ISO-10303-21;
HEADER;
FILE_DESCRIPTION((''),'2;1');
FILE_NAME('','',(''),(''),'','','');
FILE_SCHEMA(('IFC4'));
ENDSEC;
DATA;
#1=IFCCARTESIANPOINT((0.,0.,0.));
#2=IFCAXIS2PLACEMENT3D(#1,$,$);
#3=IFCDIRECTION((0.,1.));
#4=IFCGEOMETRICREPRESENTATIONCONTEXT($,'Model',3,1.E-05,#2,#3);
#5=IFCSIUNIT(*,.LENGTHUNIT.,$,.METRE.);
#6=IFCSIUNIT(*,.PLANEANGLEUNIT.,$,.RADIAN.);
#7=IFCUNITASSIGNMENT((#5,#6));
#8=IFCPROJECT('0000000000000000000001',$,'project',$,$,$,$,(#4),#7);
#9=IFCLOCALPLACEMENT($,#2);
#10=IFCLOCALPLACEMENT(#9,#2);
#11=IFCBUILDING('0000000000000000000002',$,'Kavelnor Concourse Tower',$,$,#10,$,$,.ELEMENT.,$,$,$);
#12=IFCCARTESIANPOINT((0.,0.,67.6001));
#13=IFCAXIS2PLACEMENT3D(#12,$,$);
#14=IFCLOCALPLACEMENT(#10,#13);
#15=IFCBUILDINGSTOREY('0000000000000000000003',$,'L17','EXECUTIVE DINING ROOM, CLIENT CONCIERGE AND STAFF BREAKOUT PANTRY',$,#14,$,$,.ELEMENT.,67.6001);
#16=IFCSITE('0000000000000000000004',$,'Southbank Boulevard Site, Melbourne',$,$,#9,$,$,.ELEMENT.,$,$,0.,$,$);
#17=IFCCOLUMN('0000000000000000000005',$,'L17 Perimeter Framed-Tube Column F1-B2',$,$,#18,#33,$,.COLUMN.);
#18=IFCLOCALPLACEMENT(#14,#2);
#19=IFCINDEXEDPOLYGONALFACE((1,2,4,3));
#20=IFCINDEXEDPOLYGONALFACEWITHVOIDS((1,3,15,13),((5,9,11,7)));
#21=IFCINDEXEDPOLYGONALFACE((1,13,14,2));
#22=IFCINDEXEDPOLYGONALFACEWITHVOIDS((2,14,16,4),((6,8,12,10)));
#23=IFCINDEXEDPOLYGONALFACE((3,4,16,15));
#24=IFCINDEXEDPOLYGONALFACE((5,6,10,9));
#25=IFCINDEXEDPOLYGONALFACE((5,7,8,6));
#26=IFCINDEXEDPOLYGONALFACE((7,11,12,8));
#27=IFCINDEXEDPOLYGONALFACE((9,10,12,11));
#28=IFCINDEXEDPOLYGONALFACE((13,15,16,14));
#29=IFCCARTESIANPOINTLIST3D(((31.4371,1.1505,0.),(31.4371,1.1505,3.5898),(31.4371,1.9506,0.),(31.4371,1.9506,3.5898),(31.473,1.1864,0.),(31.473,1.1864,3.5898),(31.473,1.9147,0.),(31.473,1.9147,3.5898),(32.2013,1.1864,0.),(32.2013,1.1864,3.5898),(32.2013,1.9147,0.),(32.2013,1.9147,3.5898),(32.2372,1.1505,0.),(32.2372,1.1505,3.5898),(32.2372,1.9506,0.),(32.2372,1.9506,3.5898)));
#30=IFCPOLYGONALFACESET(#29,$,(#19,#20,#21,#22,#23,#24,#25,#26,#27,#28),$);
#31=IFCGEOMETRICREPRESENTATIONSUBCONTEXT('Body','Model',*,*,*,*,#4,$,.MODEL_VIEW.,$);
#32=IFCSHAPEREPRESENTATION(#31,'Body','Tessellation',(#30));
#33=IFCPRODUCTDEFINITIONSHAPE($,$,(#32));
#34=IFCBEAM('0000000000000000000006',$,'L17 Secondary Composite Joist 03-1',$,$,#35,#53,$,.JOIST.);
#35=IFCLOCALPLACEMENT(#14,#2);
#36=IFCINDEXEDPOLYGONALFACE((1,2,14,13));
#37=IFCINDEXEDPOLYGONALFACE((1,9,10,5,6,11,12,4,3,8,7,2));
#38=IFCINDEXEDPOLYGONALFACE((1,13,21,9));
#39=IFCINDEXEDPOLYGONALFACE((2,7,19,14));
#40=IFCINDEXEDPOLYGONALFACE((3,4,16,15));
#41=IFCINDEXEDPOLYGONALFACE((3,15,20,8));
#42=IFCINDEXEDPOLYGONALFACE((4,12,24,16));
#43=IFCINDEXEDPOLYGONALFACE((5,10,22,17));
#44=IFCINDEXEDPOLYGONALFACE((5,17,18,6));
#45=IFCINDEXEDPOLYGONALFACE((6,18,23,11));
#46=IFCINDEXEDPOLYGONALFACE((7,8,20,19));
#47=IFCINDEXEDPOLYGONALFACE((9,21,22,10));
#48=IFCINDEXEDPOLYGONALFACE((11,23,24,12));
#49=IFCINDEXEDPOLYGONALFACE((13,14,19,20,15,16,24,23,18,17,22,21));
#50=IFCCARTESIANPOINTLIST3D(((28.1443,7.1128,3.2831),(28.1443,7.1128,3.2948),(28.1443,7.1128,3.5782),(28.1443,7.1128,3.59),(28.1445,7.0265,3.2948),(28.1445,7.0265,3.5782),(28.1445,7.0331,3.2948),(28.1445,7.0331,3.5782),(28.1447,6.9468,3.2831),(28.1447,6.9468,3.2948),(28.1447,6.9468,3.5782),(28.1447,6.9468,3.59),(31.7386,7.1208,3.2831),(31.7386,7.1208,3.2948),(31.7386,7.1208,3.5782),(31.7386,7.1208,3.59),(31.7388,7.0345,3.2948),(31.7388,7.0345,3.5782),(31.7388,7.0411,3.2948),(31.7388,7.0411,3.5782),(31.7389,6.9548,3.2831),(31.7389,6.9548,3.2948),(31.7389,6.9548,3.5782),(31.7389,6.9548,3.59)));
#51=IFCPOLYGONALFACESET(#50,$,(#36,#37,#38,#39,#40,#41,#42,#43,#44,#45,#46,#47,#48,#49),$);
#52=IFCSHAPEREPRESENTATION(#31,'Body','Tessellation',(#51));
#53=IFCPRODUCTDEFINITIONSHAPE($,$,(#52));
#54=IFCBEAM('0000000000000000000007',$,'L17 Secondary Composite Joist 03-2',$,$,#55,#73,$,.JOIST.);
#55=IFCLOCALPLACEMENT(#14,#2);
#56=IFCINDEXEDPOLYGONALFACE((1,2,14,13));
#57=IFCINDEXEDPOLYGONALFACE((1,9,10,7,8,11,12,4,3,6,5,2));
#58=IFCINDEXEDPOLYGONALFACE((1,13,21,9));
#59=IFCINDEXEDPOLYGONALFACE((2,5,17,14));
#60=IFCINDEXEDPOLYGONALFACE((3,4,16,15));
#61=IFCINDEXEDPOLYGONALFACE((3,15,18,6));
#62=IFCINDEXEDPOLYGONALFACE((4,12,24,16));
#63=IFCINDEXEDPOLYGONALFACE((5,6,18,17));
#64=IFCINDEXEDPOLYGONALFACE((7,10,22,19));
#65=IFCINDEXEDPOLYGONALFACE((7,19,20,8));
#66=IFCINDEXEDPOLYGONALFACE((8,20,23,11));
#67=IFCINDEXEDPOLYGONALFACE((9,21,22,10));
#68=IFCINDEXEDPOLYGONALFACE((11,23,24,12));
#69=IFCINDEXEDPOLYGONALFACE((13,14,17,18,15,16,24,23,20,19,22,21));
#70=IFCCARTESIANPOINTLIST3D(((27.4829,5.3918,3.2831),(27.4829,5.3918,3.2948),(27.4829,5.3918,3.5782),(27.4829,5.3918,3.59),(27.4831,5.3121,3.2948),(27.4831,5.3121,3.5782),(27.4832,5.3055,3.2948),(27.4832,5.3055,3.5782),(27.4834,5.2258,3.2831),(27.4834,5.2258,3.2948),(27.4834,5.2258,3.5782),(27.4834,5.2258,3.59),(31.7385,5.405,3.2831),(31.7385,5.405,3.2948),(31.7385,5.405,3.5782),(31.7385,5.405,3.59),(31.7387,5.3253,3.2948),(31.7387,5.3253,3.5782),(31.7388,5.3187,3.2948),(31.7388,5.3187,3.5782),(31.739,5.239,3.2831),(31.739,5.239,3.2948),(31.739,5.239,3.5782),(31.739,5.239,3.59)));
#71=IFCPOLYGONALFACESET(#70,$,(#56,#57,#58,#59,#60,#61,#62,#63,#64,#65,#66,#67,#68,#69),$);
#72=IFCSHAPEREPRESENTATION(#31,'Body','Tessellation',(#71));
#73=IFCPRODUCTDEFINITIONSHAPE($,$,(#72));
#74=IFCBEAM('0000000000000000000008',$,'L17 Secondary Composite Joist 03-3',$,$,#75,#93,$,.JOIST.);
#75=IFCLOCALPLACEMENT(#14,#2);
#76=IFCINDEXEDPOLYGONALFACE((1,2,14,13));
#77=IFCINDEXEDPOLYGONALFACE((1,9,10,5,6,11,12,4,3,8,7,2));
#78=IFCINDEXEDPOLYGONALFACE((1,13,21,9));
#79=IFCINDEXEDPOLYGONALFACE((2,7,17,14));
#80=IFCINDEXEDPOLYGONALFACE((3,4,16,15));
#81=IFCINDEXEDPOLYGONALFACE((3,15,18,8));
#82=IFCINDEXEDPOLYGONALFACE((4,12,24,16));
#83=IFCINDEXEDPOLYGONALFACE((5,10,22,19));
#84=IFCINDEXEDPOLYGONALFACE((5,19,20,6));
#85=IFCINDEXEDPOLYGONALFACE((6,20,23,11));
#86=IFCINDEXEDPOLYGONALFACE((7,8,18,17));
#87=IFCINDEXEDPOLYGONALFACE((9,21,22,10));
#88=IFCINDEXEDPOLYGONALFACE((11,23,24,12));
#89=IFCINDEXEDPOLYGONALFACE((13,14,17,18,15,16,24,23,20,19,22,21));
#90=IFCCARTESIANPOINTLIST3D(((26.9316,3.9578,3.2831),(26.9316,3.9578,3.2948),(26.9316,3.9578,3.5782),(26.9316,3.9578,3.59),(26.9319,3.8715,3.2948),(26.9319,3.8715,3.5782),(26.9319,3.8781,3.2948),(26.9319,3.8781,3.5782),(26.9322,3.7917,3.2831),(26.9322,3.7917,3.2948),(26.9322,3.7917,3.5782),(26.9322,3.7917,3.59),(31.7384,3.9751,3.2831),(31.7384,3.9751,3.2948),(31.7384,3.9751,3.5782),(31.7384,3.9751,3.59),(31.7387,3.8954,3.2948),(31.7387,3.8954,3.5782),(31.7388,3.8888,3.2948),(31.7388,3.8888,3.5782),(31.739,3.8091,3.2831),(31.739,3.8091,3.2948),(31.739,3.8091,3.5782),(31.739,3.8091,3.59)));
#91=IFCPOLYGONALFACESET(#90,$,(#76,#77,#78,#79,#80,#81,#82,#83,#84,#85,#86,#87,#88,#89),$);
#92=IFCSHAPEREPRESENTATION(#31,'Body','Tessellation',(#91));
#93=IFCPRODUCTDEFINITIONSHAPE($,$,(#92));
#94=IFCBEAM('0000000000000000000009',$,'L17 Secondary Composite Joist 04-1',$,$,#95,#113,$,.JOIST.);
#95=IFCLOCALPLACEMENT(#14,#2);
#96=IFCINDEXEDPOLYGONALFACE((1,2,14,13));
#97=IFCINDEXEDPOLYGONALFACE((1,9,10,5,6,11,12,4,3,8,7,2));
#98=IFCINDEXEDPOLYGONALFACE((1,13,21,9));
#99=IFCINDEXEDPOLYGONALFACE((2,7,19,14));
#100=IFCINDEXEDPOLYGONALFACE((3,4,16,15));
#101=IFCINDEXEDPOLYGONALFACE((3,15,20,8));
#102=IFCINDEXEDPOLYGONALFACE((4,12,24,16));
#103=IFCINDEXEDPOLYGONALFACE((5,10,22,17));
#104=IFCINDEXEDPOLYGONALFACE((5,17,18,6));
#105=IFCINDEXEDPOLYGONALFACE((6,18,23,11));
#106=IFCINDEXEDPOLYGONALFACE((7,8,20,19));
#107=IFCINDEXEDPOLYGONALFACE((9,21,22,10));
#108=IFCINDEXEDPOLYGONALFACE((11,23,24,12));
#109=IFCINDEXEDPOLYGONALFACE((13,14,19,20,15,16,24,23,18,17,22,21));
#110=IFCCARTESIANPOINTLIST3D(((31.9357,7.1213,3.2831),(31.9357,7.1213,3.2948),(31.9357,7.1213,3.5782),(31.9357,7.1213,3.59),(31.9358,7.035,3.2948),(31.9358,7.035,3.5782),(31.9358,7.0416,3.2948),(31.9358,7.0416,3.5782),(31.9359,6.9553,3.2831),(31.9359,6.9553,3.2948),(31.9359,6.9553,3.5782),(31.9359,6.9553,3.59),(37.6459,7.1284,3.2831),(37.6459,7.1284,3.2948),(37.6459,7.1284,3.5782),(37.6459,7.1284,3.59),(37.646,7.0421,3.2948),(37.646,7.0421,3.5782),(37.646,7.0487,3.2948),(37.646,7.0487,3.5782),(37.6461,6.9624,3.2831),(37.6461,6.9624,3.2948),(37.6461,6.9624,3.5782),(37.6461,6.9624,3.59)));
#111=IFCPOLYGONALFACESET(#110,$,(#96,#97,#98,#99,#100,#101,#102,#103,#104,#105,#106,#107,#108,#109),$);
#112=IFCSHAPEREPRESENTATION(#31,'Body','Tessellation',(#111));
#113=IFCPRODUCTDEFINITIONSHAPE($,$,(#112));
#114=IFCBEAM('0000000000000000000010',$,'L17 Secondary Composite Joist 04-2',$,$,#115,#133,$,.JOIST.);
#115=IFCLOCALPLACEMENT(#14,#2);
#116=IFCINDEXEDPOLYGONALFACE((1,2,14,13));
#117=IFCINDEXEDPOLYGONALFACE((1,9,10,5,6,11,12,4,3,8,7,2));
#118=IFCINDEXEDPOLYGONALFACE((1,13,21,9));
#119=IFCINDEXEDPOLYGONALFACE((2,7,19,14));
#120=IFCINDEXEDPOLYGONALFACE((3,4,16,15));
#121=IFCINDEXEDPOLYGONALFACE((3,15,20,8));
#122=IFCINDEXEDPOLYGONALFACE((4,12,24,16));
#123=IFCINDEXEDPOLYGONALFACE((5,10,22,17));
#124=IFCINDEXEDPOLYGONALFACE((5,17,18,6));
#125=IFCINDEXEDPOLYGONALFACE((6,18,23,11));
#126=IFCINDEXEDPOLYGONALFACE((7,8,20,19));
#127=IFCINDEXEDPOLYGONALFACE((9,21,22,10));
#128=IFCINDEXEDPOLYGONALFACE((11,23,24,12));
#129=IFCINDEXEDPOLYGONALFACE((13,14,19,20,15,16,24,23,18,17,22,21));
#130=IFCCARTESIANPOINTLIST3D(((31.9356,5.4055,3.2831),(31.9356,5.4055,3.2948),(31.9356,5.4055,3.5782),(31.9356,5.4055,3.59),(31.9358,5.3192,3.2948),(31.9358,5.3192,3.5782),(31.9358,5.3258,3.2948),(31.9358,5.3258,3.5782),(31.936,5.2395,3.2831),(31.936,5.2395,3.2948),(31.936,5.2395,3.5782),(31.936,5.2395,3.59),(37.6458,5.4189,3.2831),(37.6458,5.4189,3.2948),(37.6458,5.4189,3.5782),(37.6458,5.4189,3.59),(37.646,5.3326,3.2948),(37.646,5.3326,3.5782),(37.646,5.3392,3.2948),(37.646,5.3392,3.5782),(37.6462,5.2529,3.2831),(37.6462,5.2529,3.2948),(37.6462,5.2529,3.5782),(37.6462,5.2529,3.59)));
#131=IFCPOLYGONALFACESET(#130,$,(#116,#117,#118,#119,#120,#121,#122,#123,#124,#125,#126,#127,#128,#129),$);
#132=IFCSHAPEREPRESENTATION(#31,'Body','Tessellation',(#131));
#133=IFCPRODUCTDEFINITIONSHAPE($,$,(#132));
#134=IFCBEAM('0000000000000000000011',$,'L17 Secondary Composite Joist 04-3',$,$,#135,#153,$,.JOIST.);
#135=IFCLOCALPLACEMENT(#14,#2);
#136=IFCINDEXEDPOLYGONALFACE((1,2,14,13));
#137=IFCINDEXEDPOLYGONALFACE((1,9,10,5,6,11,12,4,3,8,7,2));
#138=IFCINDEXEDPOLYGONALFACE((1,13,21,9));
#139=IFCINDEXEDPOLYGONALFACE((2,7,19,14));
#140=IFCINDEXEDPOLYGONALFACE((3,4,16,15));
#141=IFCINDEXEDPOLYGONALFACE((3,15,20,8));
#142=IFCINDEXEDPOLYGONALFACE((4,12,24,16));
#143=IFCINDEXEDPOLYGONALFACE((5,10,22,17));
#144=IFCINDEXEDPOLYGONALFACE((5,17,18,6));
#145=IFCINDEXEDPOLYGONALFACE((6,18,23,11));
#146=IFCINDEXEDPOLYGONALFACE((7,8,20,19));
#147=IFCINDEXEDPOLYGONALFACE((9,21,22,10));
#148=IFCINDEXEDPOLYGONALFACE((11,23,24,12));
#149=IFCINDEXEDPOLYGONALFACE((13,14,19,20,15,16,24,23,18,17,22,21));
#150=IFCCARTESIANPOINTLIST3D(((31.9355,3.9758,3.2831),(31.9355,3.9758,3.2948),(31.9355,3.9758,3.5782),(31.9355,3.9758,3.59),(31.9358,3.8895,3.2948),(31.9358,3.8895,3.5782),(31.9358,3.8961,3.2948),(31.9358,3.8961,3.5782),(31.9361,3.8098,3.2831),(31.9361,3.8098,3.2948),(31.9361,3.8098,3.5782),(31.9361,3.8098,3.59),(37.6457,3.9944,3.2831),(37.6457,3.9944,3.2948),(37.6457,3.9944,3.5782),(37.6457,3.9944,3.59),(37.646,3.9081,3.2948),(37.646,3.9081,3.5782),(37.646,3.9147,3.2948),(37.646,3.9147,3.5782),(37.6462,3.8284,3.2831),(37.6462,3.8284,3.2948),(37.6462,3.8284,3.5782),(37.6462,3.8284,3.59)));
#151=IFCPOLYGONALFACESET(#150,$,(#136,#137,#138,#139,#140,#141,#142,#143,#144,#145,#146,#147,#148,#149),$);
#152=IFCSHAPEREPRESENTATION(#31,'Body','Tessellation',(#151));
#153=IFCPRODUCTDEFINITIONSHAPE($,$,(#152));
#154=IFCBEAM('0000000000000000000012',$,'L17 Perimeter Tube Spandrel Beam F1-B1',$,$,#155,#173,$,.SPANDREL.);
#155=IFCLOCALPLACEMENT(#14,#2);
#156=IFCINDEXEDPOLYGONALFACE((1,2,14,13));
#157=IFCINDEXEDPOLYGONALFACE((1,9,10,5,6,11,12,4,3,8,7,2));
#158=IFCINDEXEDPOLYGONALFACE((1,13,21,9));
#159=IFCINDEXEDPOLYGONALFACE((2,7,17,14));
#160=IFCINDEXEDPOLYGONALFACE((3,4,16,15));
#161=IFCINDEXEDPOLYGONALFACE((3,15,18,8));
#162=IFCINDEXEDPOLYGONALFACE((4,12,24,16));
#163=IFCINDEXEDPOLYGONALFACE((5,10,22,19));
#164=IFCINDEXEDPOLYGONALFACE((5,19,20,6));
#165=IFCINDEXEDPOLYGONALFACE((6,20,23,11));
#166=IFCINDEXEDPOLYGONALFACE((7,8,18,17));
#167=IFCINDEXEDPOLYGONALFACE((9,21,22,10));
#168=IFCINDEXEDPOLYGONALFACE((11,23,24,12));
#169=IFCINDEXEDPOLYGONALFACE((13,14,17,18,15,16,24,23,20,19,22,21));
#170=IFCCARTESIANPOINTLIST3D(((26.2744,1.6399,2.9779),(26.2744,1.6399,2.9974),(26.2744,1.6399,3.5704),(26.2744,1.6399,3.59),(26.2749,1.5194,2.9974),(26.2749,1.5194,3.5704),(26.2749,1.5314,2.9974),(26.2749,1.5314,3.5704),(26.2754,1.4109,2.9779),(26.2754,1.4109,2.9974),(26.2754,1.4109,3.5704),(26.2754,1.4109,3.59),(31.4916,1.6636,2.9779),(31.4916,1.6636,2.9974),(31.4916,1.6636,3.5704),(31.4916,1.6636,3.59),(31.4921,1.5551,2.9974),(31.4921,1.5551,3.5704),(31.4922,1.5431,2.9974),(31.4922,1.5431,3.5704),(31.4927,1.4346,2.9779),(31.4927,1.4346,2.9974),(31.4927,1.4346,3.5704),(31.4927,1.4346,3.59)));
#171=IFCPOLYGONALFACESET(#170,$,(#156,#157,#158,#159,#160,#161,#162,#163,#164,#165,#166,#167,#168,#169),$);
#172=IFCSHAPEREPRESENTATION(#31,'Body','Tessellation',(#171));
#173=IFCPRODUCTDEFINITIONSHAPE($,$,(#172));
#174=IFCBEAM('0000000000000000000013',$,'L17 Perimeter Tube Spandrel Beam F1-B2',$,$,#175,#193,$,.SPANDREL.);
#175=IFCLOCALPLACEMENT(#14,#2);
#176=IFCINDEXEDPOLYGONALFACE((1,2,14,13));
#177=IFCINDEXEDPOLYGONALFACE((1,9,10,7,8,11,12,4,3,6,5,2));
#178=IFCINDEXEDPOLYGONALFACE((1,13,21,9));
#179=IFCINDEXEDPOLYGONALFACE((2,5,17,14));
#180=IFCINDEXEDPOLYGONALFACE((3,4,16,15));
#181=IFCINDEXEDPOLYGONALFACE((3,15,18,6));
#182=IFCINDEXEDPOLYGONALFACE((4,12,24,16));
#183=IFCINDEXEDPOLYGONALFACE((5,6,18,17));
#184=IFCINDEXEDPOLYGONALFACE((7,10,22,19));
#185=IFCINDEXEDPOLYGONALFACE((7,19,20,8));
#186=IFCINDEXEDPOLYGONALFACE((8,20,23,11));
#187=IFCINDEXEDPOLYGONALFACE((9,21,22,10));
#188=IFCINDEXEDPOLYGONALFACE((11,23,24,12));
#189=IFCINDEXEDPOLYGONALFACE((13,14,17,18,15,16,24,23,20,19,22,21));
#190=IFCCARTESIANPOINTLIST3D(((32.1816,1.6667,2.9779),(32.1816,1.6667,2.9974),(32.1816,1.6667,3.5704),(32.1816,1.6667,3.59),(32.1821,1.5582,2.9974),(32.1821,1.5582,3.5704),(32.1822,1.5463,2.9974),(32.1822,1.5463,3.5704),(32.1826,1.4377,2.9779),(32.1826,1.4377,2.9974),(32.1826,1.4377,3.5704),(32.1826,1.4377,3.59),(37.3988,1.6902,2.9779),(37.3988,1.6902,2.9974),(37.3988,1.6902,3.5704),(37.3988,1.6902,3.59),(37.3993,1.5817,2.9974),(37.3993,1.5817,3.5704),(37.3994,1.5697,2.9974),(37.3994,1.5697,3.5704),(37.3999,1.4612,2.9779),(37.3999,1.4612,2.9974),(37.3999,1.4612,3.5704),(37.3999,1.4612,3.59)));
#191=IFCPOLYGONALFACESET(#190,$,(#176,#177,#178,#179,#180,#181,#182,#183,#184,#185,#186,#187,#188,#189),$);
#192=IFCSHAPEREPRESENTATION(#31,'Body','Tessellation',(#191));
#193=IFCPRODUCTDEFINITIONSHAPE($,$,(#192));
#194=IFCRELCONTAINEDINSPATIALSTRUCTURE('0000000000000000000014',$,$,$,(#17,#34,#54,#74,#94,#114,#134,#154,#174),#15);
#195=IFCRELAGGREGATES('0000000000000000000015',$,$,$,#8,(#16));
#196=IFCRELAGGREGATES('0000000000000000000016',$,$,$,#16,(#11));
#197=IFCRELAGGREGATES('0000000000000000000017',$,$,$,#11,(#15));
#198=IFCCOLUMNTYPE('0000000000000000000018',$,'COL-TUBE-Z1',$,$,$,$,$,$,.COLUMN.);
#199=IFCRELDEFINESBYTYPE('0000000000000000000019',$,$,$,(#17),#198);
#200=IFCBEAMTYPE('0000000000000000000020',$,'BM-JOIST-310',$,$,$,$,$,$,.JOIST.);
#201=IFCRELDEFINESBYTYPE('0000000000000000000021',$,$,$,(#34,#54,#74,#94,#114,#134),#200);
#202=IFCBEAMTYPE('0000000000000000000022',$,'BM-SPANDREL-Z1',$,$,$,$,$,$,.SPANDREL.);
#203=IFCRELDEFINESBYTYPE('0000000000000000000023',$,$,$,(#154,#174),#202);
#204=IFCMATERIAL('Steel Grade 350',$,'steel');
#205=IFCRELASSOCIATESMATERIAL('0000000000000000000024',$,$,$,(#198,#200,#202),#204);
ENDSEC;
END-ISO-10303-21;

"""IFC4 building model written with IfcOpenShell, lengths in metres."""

from ifc_helpers import new_model, si_unit, direction, frame, origin, origin_2d, place, context, subcontext, project, spatial, hollow_rectangle, i_section, extrude, material, material_profile, profile_set, type_object, element, save


model = new_model("IFC4")

# Units and contexts
model_context = context("Model", 3, precision=1e-05, world=origin(), true_north=direction((0.0, 1.0)))
body_context = subcontext(model_context, "Body", "Model", "MODEL_VIEW")
ifc_project = project(units=[si_unit("LENGTHUNIT", "METRE"), si_unit("PLANEANGLEUNIT", "RADIAN")], contexts=[model_context])

# Site, building, storey
site_placement = place(None, origin())
site = spatial("IfcSite", under=ifc_project, at=site_placement, Name="Southbank Boulevard Site, Melbourne", CompositionType="ELEMENT", RefElevation=0.0)
building_placement = place(site_placement, origin())
building = spatial("IfcBuilding", under=site, at=building_placement, Name="Kavelnor Concourse Tower", CompositionType="ELEMENT")
storey_placement = place(building_placement, frame((0.0, 0.0, 67.6001)))
storey = spatial("IfcBuildingStorey", under=building, at=storey_placement, Name="L17", Description="EXECUTIVE DINING ROOM, CLIENT CONCIERGE AND STAFF BREAKOUT PANTRY", CompositionType="ELEMENT", Elevation=67.6001)

# Column
ifc_material_1 = material(Name="Steel Grade 350", Category="steel")
ifc_material_profile_1 = material_profile(ifc_material_1, hollow_rectangle(XDim=0.8, YDim=0.8, WallThickness=0.0359, at=origin_2d()), Name="SHS 800x800x36")
ifc_profile_set_1 = profile_set([ifc_material_profile_1], Name="Steel Grade 350")
column_type = type_object("IfcColumnType", Name="COL-TUBE-Z1", PredefinedType="COLUMN", material=ifc_profile_set_1)
column_placement = place(storey_placement, frame((31.8372, 1.5505, 0.0), z_axis=(0.0, 0.0, 1.0), x_axis=(1.0, 0.0, 0.0)))
element("IfcColumn", 1, at=column_placement, inside=storey, type_object=column_type, Name="L17 Perimeter Framed-Tube Column F1-B2", PredefinedType="COLUMN", context=body_context, shape_type="SweptSolid", body=[
    extrude(hollow_rectangle(XDim=0.8, YDim=0.8, WallThickness=0.0359, at=origin_2d()), origin(), (0.0, 0.0, 1.0), 3.5898),
])

# Beams
ifc_material_profile_2 = material_profile(ifc_material_1, i_section(OverallWidth=0.166, OverallDepth=0.3069, WebThickness=0.0066, FlangeThickness=0.0117, at=origin_2d()), Name="310UB46")
ifc_profile_set_2 = profile_set([ifc_material_profile_2], Name="Steel Grade 350")
beam_type_1 = type_object("IfcBeamType", Name="BM-JOIST-310", PredefinedType="JOIST", material=ifc_profile_set_2)
beam_1_placement = place(storey_placement, frame((28.1445, 7.0298, 3.4365), z_axis=(0.999997, 0.002242, 0.0), x_axis=(-0.002242, 0.999997, 0.0)))
element("IfcBeam", 2, at=beam_1_placement, inside=storey, type_object=beam_type_1, Name="L17 Secondary Composite Joist 03-1", PredefinedType="JOIST", context=body_context, shape_type="SweptSolid", body=[
    extrude(i_section(OverallWidth=0.166, OverallDepth=0.3069, WebThickness=0.0066, FlangeThickness=0.0117, at=origin_2d()), origin(), (0.0, 0.0, 1.0), 3.5942),
])
beam_2_placement = place(storey_placement, frame((27.4832, 5.3088, 3.4365), z_axis=(0.999995, 0.003098, 0.0), x_axis=(-0.003098, 0.999995, 0.0)))
element("IfcBeam", 3, at=beam_2_placement, inside=storey, type_object=beam_type_1, Name="L17 Secondary Composite Joist 03-2", PredefinedType="JOIST", context=body_context, shape_type="SweptSolid", body=[
    extrude(i_section(OverallWidth=0.166, OverallDepth=0.3069, WebThickness=0.0066, FlangeThickness=0.0117, at=origin_2d()), origin(), (0.0, 0.0, 1.0), 4.2556),
])
beam_3_placement = place(storey_placement, frame((26.9319, 3.8748, 3.4365), z_axis=(0.999993, 0.003606, 0.0), x_axis=(-0.003606, 0.999993, 0.0)))
element("IfcBeam", 4, at=beam_3_placement, inside=storey, type_object=beam_type_1, Name="L17 Secondary Composite Joist 03-3", PredefinedType="JOIST", context=body_context, shape_type="SweptSolid", body=[
    extrude(i_section(OverallWidth=0.166, OverallDepth=0.3069, WebThickness=0.0066, FlangeThickness=0.0117, at=origin_2d()), origin(), (0.0, 0.0, 1.0), 4.8069),
])
for number, where, z_axis, x_axis, name in (
    (5, (31.9358, 7.0383, 3.4365), (0.999999, 0.00124, 0.0), (-0.00124, 0.999999, 0.0), "L17 Secondary Composite Joist 04-1"),
    (6, (31.9358, 5.3225, 3.4365), (0.999997, 0.002352, 0.0), (-0.002352, 0.999997, 0.0), "L17 Secondary Composite Joist 04-2"),
    (7, (31.9358, 3.8928, 3.4365), (0.999995, 0.003249, 0.0), (-0.003249, 0.999995, 0.0), "L17 Secondary Composite Joist 04-3"),
):
    element("IfcBeam", number, at=place(storey_placement, frame(where, z_axis=z_axis, x_axis=x_axis)), inside=storey, type_object=beam_type_1, Name=name, PredefinedType="JOIST", context=body_context, shape_type="SweptSolid", body=[
        extrude(i_section(OverallWidth=0.166, OverallDepth=0.3069, WebThickness=0.0066, FlangeThickness=0.0117, at=origin_2d()), origin(), (0.0, 0.0, 1.0), 5.7102),
    ])
ifc_material_profile_3 = material_profile(ifc_material_1, i_section(OverallWidth=0.229, OverallDepth=0.6121, WebThickness=0.012, FlangeThickness=0.0195, at=origin_2d()), Name="610UB125")
ifc_profile_set_3 = profile_set([ifc_material_profile_3], Name="Steel Grade 350")
beam_type_2 = type_object("IfcBeamType", Name="BM-SPANDREL-Z1", PredefinedType="SPANDREL", material=ifc_profile_set_3)
for number, where, z_axis, x_axis, name in (
    (8, (26.2749, 1.5254, 3.2839), (0.99999, 0.004539, 0.0), (-0.004539, 0.99999, 0.0), "L17 Perimeter Tube Spandrel Beam F1-B1"),
    (9, (32.1821, 1.5522, 3.2839), (0.99999, 0.004492, 0.0), (-0.004492, 0.99999, 0.0), "L17 Perimeter Tube Spandrel Beam F1-B2"),
):
    element("IfcBeam", number, at=place(storey_placement, frame(where, z_axis=z_axis, x_axis=x_axis)), inside=storey, type_object=beam_type_2, Name=name, PredefinedType="SPANDREL", context=body_context, shape_type="SweptSolid", body=[
        extrude(i_section(OverallWidth=0.229, OverallDepth=0.6121, WebThickness=0.012, FlangeThickness=0.0195, at=origin_2d()), origin(), (0.0, 0.0, 1.0), 5.2173),
    ])

save(model, "model.ifc")
